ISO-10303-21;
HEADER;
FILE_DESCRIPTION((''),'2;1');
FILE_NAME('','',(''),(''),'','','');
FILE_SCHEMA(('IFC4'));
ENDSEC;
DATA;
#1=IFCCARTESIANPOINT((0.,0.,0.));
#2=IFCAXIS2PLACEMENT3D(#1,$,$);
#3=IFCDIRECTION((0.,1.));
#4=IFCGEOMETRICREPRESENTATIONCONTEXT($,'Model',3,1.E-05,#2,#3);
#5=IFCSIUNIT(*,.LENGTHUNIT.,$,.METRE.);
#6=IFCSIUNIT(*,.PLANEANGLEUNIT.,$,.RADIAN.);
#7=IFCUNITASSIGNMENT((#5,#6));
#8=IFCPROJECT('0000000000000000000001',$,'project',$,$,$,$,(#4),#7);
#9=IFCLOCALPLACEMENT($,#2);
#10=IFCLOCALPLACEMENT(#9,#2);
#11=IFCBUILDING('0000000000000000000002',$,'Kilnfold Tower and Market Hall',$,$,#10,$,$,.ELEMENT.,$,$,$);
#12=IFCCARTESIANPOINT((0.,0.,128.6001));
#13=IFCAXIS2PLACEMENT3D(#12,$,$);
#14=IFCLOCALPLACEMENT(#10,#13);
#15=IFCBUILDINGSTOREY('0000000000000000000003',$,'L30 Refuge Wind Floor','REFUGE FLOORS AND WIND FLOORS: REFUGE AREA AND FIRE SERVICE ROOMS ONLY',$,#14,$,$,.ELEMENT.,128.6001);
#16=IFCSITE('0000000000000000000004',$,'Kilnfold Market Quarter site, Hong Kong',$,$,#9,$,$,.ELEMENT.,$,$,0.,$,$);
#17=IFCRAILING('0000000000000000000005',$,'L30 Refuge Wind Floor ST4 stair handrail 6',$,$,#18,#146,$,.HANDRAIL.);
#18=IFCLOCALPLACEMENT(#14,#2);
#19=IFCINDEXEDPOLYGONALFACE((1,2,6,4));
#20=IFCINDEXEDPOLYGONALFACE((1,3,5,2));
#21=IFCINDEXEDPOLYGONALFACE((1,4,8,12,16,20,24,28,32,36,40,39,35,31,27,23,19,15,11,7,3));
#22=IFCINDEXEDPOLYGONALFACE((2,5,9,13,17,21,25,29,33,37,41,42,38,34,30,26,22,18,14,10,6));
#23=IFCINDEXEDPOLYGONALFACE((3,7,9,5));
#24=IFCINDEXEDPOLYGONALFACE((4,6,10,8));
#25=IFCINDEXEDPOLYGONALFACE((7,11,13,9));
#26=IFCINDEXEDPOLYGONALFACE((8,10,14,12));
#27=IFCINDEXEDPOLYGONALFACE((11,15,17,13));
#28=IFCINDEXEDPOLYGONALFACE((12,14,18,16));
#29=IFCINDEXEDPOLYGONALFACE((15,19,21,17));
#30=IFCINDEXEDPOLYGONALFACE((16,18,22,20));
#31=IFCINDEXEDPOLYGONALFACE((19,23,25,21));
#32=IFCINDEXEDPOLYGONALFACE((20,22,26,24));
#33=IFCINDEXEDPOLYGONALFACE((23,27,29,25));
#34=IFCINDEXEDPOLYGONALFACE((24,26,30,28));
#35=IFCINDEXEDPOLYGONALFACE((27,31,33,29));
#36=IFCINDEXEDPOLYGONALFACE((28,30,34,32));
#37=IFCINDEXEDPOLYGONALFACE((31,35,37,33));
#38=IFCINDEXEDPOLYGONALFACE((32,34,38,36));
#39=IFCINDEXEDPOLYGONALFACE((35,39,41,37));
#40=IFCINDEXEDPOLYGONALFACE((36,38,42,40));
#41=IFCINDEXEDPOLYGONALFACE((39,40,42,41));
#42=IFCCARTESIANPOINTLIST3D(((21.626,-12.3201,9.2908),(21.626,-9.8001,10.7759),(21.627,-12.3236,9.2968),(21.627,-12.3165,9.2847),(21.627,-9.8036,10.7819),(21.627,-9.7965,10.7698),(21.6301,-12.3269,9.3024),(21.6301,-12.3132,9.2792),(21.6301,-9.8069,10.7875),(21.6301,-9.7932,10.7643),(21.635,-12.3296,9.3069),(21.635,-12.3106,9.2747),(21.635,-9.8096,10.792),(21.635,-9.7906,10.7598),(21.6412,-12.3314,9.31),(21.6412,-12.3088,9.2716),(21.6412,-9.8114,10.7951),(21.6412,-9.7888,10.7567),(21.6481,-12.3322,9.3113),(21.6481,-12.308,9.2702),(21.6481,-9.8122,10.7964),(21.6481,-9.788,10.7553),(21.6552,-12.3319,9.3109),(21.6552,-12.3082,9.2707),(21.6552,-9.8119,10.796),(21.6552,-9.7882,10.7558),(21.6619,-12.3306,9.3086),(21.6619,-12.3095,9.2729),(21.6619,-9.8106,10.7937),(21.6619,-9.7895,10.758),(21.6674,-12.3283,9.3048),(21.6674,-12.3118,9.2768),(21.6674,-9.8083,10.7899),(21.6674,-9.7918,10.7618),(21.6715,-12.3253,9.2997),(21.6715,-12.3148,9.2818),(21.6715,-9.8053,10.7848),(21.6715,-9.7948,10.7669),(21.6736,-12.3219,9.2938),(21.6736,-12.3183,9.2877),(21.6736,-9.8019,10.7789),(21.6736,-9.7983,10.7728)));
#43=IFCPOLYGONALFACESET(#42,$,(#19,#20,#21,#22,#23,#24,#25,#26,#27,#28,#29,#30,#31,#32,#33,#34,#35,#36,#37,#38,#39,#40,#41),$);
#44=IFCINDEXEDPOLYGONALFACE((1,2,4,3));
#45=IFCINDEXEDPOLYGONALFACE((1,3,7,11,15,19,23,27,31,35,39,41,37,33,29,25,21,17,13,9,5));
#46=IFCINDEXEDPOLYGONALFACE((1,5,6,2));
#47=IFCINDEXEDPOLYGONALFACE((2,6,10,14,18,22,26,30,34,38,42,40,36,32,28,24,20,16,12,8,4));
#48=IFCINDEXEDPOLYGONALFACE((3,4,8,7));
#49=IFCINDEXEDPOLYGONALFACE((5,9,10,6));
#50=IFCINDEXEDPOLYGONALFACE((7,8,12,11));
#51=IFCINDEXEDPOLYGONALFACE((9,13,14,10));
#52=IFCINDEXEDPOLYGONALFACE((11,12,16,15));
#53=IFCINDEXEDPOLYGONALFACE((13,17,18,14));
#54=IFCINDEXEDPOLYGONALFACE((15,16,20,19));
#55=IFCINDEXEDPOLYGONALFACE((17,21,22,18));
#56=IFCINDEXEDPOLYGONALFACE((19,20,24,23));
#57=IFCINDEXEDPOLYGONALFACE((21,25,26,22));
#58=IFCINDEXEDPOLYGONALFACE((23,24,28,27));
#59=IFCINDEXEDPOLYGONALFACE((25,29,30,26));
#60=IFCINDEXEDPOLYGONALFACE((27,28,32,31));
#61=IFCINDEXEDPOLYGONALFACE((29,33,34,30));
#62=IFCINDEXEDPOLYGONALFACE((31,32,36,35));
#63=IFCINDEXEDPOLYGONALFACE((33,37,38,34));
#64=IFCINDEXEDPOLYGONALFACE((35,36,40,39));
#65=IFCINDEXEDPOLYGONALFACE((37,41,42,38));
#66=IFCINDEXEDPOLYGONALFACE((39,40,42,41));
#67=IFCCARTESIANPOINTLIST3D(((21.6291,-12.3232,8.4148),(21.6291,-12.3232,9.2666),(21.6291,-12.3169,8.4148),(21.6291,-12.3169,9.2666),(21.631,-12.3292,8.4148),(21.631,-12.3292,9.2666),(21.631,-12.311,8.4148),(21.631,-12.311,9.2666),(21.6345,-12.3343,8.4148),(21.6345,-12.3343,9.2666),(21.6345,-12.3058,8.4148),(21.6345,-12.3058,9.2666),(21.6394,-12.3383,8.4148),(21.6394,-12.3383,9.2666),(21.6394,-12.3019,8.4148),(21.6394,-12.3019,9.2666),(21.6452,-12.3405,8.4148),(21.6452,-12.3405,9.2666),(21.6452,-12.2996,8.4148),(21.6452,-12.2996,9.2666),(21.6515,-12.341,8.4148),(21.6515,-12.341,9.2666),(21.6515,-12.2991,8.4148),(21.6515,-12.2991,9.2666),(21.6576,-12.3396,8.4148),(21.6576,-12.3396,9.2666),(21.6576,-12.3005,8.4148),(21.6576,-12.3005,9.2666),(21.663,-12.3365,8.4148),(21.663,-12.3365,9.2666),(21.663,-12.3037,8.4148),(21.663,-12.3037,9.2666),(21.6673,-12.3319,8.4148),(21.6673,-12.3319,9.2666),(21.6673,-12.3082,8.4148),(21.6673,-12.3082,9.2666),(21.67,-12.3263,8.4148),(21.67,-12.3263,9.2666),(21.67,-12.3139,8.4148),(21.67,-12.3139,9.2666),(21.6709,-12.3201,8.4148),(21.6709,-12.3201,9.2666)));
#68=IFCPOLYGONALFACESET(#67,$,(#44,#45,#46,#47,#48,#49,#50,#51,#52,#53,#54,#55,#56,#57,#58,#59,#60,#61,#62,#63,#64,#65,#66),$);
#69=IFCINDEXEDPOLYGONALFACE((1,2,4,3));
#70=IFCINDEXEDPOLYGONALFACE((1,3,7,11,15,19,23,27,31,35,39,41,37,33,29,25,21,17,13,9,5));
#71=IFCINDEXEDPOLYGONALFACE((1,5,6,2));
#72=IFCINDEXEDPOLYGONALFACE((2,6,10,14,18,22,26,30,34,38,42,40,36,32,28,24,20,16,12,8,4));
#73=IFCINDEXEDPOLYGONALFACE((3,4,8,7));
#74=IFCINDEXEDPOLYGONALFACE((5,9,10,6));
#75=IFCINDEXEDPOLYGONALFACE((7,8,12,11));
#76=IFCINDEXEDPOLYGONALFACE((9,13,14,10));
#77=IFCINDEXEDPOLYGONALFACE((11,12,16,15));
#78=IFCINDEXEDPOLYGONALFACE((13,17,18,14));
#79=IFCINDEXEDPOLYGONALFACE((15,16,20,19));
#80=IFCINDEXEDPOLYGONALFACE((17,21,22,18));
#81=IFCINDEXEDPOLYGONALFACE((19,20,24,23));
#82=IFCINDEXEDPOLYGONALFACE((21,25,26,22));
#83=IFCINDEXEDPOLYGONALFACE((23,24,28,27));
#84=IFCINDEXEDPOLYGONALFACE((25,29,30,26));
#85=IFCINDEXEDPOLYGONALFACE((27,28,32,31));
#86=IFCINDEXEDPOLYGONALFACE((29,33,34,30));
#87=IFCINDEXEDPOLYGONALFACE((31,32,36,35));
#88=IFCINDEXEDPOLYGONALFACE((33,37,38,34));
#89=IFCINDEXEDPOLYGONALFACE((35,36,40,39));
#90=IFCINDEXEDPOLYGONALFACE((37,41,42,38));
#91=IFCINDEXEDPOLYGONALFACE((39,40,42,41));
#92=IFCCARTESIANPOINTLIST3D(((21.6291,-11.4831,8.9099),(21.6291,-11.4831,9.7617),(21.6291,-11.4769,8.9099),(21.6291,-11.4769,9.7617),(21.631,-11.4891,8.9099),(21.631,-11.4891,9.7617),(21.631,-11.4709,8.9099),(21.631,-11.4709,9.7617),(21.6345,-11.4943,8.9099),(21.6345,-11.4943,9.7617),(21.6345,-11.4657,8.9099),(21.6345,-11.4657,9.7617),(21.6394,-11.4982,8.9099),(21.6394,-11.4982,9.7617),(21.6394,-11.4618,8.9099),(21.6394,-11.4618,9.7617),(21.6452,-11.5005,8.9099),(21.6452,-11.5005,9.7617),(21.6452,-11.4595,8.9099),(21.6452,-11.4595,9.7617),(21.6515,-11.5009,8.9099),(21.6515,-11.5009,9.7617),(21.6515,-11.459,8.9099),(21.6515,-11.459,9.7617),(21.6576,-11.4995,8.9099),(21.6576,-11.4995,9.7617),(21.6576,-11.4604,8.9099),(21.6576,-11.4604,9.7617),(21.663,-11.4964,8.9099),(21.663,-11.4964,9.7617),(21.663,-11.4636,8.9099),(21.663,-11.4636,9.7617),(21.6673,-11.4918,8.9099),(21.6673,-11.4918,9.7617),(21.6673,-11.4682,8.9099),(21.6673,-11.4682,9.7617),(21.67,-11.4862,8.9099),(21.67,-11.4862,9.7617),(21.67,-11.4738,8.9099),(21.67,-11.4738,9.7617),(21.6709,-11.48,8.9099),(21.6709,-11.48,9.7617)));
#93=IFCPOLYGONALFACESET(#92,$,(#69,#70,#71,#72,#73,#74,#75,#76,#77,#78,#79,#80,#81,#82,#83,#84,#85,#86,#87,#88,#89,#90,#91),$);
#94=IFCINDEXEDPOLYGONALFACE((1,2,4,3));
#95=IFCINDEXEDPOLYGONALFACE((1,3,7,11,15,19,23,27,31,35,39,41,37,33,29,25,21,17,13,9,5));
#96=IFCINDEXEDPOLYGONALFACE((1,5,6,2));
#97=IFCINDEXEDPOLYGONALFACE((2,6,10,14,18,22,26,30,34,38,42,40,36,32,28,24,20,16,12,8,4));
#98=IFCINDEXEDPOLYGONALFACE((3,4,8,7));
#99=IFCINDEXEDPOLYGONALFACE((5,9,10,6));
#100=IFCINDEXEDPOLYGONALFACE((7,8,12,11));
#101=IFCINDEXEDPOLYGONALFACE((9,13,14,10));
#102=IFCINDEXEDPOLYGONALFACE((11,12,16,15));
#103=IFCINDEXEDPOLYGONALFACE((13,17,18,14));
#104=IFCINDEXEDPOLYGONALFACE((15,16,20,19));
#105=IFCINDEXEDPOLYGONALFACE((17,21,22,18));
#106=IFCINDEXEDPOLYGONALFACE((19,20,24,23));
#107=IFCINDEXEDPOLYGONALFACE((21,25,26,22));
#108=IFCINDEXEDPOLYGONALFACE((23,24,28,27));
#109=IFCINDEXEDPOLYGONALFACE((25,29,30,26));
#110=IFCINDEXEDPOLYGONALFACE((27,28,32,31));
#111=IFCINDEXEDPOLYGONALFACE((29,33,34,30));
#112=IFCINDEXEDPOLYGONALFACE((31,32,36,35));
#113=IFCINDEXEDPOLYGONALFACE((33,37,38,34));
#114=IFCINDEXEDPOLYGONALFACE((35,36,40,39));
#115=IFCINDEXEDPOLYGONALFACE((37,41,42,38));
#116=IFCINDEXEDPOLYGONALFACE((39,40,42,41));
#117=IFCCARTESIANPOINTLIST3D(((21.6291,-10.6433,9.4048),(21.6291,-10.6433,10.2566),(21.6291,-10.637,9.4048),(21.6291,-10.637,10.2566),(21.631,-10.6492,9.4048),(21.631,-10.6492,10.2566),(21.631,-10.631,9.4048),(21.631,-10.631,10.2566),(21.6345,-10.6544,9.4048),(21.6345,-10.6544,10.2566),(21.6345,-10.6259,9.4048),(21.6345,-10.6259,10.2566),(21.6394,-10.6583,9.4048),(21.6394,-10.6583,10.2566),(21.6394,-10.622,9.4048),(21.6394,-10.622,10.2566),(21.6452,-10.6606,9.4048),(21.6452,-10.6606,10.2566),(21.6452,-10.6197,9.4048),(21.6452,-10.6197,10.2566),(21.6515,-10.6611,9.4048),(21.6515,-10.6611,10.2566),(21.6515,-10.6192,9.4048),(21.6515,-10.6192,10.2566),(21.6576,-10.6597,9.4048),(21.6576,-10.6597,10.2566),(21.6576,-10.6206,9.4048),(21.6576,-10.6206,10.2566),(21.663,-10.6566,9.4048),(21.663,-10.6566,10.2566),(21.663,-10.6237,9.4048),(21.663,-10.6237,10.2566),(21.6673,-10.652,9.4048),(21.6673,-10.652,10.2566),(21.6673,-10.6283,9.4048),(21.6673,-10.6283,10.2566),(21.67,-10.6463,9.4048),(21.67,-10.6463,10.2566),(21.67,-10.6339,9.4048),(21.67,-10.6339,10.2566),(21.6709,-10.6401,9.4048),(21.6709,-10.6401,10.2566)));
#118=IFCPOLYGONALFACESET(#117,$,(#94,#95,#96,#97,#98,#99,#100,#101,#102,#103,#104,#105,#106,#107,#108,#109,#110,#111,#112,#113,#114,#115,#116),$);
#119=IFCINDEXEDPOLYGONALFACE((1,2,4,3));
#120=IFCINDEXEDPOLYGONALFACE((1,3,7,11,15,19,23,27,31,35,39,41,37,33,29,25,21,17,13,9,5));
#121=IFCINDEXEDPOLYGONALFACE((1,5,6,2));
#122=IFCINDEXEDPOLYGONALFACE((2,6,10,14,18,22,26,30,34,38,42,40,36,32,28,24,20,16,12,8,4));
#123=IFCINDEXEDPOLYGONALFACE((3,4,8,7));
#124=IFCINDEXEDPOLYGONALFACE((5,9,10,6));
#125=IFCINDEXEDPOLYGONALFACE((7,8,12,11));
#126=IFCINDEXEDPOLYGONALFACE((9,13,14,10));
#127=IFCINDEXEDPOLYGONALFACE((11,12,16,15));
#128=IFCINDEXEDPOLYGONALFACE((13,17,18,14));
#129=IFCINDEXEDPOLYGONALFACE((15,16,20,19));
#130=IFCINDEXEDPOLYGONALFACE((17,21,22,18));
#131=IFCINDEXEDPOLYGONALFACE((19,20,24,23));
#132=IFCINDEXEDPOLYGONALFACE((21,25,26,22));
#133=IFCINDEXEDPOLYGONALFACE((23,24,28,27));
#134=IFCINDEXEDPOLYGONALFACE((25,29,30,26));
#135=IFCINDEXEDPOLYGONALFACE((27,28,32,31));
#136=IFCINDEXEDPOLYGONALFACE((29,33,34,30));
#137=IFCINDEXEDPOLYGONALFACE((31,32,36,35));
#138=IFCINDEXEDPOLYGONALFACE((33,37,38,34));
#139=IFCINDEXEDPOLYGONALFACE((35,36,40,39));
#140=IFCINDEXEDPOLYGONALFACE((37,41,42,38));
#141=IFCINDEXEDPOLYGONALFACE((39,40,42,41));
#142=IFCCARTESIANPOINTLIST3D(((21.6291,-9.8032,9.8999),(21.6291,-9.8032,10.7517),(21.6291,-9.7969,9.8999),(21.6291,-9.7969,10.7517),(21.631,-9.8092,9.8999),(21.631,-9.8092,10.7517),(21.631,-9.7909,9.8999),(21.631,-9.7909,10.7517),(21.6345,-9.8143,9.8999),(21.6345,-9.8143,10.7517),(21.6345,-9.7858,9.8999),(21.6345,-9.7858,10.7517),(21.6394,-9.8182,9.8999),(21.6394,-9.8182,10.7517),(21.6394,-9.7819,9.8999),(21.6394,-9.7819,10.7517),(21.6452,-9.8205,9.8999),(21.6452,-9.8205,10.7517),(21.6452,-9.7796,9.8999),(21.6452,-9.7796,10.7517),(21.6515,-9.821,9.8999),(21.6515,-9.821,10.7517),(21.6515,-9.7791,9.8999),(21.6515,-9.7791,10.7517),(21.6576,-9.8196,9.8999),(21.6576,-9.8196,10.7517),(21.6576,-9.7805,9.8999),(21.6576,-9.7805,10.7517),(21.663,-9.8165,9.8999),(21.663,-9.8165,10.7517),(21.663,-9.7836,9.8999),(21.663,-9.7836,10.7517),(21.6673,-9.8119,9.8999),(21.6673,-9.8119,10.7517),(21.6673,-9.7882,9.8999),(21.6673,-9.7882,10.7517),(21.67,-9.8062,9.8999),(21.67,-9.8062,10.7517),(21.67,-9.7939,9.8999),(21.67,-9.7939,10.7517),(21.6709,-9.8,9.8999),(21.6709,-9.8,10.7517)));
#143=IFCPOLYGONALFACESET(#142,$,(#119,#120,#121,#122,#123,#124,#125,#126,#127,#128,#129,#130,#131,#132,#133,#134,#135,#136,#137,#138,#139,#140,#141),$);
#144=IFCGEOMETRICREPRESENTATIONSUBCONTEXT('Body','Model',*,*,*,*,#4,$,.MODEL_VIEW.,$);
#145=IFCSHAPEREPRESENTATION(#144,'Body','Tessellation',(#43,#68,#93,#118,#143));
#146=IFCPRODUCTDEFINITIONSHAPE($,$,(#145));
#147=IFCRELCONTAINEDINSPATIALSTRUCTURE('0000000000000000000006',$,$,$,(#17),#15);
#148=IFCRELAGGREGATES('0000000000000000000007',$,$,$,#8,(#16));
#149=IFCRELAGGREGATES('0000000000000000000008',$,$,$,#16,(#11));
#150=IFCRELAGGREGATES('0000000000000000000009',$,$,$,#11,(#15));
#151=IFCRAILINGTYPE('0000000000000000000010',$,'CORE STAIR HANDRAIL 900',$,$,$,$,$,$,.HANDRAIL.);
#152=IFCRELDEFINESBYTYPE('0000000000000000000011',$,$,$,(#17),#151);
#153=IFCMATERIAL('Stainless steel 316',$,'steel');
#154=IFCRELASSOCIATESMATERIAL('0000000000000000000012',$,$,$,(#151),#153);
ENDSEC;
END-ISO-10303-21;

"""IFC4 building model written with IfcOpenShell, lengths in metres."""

from ifc_helpers import new_model, si_unit, direction, frame, origin, origin_2d, place, context, subcontext, project, spatial, circle, extrude, material, type_object, element, save


model = new_model("IFC4")

# Units and contexts
model_context = context("Model", 3, precision=1e-05, world=origin(), true_north=direction((0.0, 1.0)))
body_context = subcontext(model_context, "Body", "Model", "MODEL_VIEW")
ifc_project = project(units=[si_unit("LENGTHUNIT", "METRE"), si_unit("PLANEANGLEUNIT", "RADIAN")], contexts=[model_context])

# Site, building, storey
site_placement = place(None, origin())
site = spatial("IfcSite", under=ifc_project, at=site_placement, Name="Kilnfold Market Quarter site, Hong Kong", CompositionType="ELEMENT", RefElevation=0.0)
building_placement = place(site_placement, origin())
building = spatial("IfcBuilding", under=site, at=building_placement, Name="Kilnfold Tower and Market Hall", CompositionType="ELEMENT")
storey_placement = place(building_placement, frame((0.0, 0.0, 128.6001)))
storey = spatial("IfcBuildingStorey", under=building, at=storey_placement, Name="L30 Refuge Wind Floor", Description="REFUGE FLOORS AND WIND FLOORS: REFUGE AREA AND FIRE SERVICE ROOMS ONLY", CompositionType="ELEMENT", Elevation=128.6001)

# Railing
ifc_material_1 = material(Name="Stainless steel 316", Category="steel")
railing_type_1 = type_object("IfcRailingType", Name="CORE STAIR HANDRAIL 900", PredefinedType="HANDRAIL", material=ifc_material_1)
railing_1_placement = place(storey_placement, frame((21.6499, -12.3201, 8.4148)))
element("IfcRailing", 1, at=railing_1_placement, inside=storey, type_object=railing_type_1, Name="L30 Refuge Wind Floor ST4 stair handrail 6", PredefinedType="HANDRAIL", context=body_context, shape_type="SweptSolid", body=[
    extrude(circle(Radius=0.0239, at=origin_2d()), frame((0.0, 0.0, 0.876), z_axis=(0.0, 0.861524, 0.507717), x_axis=(-1.0, 0.0, 0.0)), (0.0, 0.0, 1.0), 2.925),
    extrude(circle(Radius=0.021, at=origin_2d()), origin(), (0.0, 0.0, 1.0), 0.8518),
    extrude(circle(Radius=0.021, at=origin_2d()), frame((0.0, 0.8401, 0.4951)), (0.0, 0.0, 1.0), 0.8518),
    extrude(circle(Radius=0.021, at=origin_2d()), frame((0.0, 1.6799, 0.99)), (0.0, 0.0, 1.0), 0.8518),
    extrude(circle(Radius=0.021, at=origin_2d()), frame((0.0, 2.52, 1.4851)), (0.0, 0.0, 1.0), 0.8518),
])

save(model, "model.ifc")
